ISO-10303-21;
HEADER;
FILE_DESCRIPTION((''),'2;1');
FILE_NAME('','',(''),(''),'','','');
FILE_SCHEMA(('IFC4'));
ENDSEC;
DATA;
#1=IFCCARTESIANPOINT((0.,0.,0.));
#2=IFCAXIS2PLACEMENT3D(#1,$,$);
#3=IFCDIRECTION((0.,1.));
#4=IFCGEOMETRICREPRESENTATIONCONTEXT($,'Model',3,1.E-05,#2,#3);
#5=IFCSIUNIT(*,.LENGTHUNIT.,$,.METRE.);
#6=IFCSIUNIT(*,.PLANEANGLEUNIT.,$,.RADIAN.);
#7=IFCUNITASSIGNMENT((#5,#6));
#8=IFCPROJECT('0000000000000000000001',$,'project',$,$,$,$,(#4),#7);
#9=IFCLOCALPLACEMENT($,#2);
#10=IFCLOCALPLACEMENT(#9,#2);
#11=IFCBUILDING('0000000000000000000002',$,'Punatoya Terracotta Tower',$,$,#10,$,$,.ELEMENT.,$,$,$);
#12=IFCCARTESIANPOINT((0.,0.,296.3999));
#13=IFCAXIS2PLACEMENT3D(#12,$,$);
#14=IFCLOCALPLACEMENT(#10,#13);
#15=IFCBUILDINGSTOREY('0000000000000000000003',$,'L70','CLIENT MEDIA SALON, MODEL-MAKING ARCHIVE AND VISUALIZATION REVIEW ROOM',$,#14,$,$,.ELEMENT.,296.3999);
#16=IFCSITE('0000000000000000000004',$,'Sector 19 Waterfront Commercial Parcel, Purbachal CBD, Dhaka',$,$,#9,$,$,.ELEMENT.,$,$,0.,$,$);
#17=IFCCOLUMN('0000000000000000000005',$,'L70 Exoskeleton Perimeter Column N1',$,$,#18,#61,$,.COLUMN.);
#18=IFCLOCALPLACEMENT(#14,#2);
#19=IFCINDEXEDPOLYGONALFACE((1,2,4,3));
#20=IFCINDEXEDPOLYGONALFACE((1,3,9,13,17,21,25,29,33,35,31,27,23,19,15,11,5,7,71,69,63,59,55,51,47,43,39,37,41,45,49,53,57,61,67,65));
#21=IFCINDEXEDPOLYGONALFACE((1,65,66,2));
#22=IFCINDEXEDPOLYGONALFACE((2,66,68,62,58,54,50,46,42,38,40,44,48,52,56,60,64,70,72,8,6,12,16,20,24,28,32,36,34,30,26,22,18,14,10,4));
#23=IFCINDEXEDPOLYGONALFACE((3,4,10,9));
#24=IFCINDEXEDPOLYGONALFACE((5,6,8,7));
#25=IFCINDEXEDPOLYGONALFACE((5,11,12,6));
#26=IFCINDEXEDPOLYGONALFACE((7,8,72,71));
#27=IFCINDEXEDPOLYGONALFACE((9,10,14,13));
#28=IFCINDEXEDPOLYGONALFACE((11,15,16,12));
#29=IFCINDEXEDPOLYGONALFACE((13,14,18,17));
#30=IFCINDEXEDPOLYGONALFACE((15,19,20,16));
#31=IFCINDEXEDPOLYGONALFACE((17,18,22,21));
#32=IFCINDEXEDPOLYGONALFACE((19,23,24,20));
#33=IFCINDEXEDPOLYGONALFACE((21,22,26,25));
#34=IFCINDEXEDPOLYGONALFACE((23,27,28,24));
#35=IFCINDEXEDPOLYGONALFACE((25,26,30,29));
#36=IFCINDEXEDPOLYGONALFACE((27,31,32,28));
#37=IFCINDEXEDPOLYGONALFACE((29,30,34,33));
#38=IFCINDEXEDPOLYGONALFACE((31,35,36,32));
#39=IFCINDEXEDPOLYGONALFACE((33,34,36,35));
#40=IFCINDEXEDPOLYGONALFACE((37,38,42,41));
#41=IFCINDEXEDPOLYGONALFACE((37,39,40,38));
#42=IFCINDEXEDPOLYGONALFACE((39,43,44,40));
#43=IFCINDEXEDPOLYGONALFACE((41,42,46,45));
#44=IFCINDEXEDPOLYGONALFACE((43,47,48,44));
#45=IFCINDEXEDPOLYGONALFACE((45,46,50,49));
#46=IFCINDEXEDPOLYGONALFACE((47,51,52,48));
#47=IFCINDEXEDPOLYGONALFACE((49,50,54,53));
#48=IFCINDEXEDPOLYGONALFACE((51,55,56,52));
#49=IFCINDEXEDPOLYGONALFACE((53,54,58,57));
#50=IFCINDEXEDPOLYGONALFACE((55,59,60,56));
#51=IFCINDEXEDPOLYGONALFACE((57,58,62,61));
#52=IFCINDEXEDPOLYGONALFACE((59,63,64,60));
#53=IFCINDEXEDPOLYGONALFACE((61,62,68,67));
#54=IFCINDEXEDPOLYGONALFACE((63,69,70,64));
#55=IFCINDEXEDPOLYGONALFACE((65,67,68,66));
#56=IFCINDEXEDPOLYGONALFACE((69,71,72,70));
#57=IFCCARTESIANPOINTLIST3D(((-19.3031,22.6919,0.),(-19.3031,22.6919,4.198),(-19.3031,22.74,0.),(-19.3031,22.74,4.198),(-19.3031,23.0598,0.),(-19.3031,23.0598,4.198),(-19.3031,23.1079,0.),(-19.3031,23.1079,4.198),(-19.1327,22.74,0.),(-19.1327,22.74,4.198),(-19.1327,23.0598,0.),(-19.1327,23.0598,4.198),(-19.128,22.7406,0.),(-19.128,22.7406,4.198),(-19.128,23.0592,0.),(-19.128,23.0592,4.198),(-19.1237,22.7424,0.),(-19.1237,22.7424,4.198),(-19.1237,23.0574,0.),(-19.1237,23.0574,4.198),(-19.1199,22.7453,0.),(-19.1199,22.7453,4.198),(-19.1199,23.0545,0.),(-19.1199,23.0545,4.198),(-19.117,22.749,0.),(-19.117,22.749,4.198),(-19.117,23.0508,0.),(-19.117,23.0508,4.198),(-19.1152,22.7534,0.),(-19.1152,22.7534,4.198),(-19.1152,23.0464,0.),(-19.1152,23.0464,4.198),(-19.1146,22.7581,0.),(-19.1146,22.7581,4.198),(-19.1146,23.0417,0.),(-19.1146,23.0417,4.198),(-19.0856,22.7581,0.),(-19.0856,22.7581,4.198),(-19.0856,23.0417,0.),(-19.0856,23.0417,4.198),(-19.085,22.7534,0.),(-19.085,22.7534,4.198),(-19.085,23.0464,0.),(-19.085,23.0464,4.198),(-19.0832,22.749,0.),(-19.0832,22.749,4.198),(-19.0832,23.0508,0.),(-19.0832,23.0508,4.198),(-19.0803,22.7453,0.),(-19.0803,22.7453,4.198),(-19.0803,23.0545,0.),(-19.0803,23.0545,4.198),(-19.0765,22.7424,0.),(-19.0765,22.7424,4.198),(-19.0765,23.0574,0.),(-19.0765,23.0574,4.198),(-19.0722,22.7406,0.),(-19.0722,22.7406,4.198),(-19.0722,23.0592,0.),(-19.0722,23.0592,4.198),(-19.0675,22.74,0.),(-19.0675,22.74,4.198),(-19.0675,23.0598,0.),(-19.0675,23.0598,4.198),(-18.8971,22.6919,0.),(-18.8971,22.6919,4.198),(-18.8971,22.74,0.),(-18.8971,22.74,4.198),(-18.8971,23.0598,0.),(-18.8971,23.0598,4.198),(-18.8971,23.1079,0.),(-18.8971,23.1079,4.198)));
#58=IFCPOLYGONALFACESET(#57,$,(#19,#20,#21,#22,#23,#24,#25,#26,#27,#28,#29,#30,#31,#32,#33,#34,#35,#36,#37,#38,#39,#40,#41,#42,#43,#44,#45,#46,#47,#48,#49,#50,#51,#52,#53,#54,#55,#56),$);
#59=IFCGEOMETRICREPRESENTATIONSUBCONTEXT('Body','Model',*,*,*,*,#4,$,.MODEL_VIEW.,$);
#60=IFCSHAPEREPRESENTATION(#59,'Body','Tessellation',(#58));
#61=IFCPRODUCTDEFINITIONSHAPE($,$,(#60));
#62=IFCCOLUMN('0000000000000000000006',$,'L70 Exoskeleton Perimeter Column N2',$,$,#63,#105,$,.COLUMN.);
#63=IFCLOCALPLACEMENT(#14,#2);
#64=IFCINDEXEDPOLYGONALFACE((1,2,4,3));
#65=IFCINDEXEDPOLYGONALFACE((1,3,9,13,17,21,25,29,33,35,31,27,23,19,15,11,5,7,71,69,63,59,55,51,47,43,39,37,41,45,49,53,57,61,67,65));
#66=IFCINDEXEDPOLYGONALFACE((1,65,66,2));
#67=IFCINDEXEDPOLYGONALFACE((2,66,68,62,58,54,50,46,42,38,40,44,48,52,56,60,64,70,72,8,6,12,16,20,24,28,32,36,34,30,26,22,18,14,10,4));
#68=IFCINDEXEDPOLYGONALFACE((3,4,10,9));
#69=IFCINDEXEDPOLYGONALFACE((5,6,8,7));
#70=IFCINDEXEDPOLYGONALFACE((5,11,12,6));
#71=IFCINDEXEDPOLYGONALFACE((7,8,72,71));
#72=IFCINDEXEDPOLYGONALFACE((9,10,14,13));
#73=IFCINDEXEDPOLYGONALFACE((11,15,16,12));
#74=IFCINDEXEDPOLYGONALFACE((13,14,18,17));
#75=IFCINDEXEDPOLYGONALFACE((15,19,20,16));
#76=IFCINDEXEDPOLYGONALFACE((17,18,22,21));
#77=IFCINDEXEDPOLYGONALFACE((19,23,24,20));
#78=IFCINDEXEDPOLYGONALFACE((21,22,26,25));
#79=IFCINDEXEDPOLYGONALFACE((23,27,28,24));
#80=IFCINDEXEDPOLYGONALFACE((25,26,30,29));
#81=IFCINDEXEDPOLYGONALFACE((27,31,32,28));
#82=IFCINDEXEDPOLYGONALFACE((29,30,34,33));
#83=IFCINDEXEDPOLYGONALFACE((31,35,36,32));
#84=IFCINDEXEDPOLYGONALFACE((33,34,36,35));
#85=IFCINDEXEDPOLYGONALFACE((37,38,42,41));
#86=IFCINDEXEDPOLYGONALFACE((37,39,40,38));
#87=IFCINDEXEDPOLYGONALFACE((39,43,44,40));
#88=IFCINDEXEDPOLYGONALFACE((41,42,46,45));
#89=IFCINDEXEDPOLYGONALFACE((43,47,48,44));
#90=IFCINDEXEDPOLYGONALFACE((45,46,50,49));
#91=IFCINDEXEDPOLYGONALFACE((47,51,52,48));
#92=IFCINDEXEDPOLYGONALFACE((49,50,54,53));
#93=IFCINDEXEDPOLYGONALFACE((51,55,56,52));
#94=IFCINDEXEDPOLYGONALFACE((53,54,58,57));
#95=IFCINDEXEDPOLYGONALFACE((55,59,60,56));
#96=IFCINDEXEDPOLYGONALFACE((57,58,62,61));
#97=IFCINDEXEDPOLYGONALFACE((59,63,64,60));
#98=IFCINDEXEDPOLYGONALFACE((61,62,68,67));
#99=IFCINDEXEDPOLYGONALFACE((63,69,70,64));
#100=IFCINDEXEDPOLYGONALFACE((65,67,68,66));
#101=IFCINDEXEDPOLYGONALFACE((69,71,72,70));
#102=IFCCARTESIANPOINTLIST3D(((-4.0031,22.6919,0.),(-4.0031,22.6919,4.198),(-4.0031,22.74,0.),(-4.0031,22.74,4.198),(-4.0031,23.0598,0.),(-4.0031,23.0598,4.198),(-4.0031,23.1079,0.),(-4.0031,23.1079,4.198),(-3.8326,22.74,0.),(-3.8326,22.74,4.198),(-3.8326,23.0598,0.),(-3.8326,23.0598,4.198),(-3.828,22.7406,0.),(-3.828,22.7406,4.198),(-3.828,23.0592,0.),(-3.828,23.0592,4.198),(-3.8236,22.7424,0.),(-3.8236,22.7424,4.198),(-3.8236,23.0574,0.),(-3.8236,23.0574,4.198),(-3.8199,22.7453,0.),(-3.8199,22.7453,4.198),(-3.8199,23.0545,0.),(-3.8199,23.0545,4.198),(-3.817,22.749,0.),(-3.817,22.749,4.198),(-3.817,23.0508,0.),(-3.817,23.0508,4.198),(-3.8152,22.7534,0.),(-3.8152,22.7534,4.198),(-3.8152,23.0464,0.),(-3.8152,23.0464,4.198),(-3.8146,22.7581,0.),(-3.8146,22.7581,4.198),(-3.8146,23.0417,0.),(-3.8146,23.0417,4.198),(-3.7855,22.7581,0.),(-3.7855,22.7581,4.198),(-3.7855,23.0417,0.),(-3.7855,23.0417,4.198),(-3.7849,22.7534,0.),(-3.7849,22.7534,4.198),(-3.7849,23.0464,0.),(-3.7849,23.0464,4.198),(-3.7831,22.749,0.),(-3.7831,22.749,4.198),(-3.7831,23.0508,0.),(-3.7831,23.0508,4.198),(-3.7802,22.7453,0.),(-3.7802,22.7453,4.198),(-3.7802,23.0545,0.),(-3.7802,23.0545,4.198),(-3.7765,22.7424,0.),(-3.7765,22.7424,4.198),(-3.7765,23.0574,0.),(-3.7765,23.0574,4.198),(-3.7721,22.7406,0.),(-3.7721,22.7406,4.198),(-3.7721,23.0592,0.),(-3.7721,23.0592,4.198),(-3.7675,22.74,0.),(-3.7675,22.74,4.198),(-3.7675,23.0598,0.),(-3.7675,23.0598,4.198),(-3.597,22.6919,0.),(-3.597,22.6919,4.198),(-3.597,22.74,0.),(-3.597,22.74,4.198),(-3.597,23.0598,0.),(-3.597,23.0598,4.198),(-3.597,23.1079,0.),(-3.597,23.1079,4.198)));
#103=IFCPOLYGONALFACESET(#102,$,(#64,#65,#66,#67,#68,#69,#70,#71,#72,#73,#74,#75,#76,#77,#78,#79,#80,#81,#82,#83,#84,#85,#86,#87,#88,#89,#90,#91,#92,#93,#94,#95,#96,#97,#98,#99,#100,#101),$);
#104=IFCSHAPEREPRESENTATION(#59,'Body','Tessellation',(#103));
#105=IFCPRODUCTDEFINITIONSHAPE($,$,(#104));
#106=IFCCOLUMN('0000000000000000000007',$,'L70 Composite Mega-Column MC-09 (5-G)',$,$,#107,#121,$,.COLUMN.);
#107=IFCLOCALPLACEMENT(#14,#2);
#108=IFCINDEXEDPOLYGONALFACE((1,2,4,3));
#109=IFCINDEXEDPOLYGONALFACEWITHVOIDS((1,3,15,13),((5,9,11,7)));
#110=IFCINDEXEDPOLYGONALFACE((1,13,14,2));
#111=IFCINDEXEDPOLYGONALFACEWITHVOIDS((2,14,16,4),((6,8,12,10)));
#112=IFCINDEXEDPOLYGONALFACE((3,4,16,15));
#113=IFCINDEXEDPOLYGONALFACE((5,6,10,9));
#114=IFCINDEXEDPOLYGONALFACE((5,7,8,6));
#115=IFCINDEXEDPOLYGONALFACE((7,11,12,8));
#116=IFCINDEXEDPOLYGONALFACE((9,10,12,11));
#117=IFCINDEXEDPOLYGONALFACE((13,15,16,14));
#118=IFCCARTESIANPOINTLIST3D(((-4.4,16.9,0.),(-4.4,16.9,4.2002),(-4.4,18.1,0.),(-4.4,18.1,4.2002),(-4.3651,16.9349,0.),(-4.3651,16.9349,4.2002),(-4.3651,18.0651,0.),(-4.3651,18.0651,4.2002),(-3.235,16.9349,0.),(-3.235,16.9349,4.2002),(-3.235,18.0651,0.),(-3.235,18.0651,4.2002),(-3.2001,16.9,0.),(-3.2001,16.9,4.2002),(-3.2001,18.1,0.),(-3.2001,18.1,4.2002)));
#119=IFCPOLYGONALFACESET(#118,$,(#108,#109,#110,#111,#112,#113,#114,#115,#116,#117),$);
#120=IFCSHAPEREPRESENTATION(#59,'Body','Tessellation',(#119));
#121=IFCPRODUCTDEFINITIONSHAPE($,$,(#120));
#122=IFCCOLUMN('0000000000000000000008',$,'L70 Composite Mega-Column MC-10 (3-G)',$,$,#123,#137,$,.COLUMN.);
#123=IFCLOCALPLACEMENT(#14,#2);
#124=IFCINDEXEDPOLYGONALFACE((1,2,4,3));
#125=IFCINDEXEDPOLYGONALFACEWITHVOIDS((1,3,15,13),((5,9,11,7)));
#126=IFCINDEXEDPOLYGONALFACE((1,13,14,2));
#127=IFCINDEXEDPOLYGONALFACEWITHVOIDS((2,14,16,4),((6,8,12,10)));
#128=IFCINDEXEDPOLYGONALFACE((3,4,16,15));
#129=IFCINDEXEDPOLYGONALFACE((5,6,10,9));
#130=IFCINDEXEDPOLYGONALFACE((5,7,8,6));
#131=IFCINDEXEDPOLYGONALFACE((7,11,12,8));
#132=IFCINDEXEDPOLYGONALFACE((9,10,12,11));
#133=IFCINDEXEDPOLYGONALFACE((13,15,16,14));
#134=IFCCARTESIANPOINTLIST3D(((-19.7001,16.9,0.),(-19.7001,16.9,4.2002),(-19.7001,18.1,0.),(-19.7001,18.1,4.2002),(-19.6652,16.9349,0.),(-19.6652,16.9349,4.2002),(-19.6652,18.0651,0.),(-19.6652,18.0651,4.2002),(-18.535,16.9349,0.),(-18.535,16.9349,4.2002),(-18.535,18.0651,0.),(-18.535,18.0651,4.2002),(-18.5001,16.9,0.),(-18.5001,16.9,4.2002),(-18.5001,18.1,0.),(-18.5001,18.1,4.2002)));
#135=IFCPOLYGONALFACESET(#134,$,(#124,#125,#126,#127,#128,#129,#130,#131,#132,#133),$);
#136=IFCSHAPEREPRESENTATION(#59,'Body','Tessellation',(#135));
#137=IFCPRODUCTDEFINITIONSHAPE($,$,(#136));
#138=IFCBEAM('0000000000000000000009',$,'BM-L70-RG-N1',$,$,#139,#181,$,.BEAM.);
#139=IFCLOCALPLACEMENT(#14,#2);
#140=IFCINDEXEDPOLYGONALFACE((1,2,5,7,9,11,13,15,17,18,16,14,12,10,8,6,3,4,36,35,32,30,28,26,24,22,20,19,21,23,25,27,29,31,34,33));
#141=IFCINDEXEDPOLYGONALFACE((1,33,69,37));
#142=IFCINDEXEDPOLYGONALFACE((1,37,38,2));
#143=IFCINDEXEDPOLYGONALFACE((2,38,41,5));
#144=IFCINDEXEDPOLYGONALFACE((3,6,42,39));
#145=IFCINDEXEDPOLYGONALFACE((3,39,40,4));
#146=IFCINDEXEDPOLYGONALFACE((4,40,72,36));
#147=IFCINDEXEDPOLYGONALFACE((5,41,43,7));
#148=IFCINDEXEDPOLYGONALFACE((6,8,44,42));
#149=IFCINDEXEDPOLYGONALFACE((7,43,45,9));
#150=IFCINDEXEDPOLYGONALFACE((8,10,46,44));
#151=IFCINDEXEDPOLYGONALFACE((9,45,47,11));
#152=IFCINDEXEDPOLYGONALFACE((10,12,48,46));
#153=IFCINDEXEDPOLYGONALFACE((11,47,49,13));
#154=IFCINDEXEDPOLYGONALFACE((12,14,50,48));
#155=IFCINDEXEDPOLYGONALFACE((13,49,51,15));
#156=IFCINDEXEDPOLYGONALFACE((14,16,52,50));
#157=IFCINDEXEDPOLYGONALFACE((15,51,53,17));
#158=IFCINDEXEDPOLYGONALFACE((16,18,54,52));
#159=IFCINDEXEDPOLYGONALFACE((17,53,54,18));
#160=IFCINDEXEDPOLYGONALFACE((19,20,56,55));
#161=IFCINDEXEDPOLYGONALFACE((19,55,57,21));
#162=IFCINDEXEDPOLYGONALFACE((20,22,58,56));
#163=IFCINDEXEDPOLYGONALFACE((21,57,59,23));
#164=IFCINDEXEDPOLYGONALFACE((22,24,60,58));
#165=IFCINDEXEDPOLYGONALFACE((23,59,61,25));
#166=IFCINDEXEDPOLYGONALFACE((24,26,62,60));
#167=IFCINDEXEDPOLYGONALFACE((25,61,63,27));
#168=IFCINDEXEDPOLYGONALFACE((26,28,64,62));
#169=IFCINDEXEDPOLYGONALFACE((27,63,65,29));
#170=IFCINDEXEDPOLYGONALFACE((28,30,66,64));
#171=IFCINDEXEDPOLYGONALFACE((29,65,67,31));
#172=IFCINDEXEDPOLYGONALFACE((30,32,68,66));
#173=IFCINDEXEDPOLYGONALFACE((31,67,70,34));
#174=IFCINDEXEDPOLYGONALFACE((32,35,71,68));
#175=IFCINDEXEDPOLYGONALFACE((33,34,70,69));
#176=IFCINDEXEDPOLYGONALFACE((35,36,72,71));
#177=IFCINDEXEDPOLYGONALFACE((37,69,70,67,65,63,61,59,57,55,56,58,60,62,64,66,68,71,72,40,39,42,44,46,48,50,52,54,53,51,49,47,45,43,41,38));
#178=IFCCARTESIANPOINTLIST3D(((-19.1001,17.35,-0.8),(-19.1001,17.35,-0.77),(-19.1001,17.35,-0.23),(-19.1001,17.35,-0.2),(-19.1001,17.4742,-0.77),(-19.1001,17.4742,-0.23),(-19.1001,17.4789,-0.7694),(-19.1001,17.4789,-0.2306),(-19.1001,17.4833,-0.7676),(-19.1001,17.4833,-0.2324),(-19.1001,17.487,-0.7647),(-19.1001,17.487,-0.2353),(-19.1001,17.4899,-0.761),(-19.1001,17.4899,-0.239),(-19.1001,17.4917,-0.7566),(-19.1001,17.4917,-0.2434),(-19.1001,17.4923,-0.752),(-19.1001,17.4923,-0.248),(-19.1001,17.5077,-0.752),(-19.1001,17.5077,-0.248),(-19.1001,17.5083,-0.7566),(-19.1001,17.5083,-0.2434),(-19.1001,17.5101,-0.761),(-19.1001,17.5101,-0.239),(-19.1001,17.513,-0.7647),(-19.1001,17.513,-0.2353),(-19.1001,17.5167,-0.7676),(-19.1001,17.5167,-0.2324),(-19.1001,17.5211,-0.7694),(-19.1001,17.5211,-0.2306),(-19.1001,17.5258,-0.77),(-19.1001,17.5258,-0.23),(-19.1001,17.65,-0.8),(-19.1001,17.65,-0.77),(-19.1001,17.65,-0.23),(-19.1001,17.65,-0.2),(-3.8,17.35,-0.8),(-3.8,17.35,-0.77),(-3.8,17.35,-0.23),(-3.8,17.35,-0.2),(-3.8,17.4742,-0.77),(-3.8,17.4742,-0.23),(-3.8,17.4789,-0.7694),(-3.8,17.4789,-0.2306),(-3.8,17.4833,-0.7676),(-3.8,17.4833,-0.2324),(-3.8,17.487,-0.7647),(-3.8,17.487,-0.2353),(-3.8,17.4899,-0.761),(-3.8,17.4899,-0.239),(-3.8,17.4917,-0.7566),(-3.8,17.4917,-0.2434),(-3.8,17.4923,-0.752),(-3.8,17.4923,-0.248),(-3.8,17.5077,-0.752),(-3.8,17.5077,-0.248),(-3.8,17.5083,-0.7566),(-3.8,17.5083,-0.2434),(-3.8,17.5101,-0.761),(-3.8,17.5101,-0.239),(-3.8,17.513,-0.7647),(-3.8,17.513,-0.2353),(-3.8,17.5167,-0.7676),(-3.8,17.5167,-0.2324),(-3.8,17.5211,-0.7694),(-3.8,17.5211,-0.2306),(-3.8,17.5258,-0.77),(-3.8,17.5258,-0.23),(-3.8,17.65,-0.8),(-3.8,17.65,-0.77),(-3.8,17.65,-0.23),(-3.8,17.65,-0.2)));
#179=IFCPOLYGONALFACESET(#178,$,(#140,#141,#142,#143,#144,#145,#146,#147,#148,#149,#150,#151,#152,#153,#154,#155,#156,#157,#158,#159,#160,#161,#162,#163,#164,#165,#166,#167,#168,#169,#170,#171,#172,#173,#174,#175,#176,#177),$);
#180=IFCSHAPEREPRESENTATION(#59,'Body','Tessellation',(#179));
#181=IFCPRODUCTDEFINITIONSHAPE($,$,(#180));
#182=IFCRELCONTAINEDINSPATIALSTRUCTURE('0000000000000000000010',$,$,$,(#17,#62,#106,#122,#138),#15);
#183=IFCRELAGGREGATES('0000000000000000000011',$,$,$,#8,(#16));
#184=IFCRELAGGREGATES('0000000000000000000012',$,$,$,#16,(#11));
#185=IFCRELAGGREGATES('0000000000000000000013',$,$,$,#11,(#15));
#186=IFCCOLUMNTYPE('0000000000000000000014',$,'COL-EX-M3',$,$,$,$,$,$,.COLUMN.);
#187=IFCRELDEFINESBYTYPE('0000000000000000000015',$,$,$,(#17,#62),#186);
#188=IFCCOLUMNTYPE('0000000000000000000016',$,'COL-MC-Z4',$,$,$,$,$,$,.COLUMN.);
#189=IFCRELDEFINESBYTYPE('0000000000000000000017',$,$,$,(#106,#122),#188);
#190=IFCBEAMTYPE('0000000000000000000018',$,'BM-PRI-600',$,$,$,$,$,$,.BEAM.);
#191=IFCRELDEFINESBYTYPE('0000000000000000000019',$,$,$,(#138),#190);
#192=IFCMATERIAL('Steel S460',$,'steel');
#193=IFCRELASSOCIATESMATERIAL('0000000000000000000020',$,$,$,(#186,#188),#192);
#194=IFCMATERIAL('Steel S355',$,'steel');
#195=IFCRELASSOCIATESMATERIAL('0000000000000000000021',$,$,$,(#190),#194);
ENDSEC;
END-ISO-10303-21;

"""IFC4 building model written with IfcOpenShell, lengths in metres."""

from ifc_helpers import new_model, si_unit, direction, frame, origin, origin_2d, place, context, subcontext, project, spatial, hollow_rectangle, i_section, extrude, material, material_profile, profile_set, type_object, element, save


model = new_model("IFC4")

# Units and contexts
model_context = context("Model", 3, precision=1e-05, world=origin(), true_north=direction((0.0, 1.0)))
body_context = subcontext(model_context, "Body", "Model", "MODEL_VIEW")
ifc_project = project(units=[si_unit("LENGTHUNIT", "METRE"), si_unit("PLANEANGLEUNIT", "RADIAN")], contexts=[model_context])

# Site, building, storey
site_placement = place(None, origin())
site = spatial("IfcSite", under=ifc_project, at=site_placement, Name="Sector 19 Waterfront Commercial Parcel, Purbachal CBD, Dhaka", CompositionType="ELEMENT", RefElevation=0.0)
building_placement = place(site_placement, origin())
building = spatial("IfcBuilding", under=site, at=building_placement, Name="Punatoya Terracotta Tower", CompositionType="ELEMENT")
storey_placement = place(building_placement, frame((0.0, 0.0, 296.3999)))
storey = spatial("IfcBuildingStorey", under=building, at=storey_placement, Name="L70", Description="CLIENT MEDIA SALON, MODEL-MAKING ARCHIVE AND VISUALIZATION REVIEW ROOM", CompositionType="ELEMENT", Elevation=296.3999)

# Columns
ifc_material_1 = material(Name="Steel S460", Category="steel")
ifc_material_profile_1 = material_profile(ifc_material_1, i_section(OverallWidth=0.406, OverallDepth=0.416, WebThickness=0.0291, FlangeThickness=0.0481, FilletRadius=0.0181, at=origin_2d()))
ifc_profile_set_1 = profile_set([ifc_material_profile_1], Name="Steel S460")
column_type_1 = type_object("IfcColumnType", Name="COL-EX-M3", PredefinedType="COLUMN", material=ifc_profile_set_1)
for number, where, z_axis, x_axis, name in (
    (1, (-19.1001, 22.8999, 0.0), (0.0, 0.0, 1.0), (1.0, 0.0, 0.0), "L70 Exoskeleton Perimeter Column N1"),
    (2, (-3.8, 22.8999, 0.0), (0.0, 0.0, 1.0), (1.0, 0.0, 0.0), "L70 Exoskeleton Perimeter Column N2"),
):
    element("IfcColumn", number, at=place(storey_placement, frame(where, z_axis=z_axis, x_axis=x_axis)), inside=storey, type_object=column_type_1, Name=name, PredefinedType="COLUMN", context=body_context, shape_type="SweptSolid", body=[
        extrude(i_section(OverallWidth=0.406, OverallDepth=0.416, WebThickness=0.0291, FlangeThickness=0.0481, FilletRadius=0.0181, at=origin_2d()), origin(), (0.0, 0.0, 1.0), 4.198),
    ])
ifc_material_profile_2 = material_profile(ifc_material_1, hollow_rectangle(XDim=1.2, YDim=1.2, WallThickness=0.0349, at=origin_2d()))
ifc_profile_set_2 = profile_set([ifc_material_profile_2], Name="Steel S460")
column_type_2 = type_object("IfcColumnType", Name="COL-MC-Z4", PredefinedType="COLUMN", material=ifc_profile_set_2)
for number, where, z_axis, x_axis, name in (
    (3, (-3.8, 17.5, 0.0), (0.0, 0.0, 1.0), (1.0, 0.0, 0.0), "L70 Composite Mega-Column MC-09 (5-G)"),
    (4, (-19.1001, 17.5, 0.0), (0.0, 0.0, 1.0), (1.0, 0.0, 0.0), "L70 Composite Mega-Column MC-10 (3-G)"),
):
    element("IfcColumn", number, at=place(storey_placement, frame(where, z_axis=z_axis, x_axis=x_axis)), inside=storey, type_object=column_type_2, Name=name, PredefinedType="COLUMN", context=body_context, shape_type="SweptSolid", body=[
        extrude(hollow_rectangle(XDim=1.2, YDim=1.2, WallThickness=0.0349, at=origin_2d()), origin(), (0.0, 0.0, 1.0), 4.2002),
    ])

# Beam
ifc_material_2 = material(Name="Steel S355", Category="steel")
ifc_material_profile_3 = material_profile(ifc_material_2, i_section(OverallWidth=0.3, OverallDepth=0.6001, WebThickness=0.0154, FlangeThickness=0.03, FilletRadius=0.0181, at=origin_2d()))
ifc_profile_set_3 = profile_set([ifc_material_profile_3], Name="Steel S355")
beam_type_1 = type_object("IfcBeamType", Name="BM-PRI-600", PredefinedType="BEAM", material=ifc_profile_set_3)
beam_1_placement = place(storey_placement, frame((-19.1001, 17.5, -0.5), z_axis=(1.0, 0.0, 0.0), x_axis=(0.0, 1.0, 0.0)))
element("IfcBeam", 5, at=beam_1_placement, inside=storey, type_object=beam_type_1, Name="BM-L70-RG-N1", PredefinedType="BEAM", context=body_context, shape_type="SweptSolid", body=[
    extrude(i_section(OverallWidth=0.3, OverallDepth=0.6001, WebThickness=0.0154, FlangeThickness=0.03, FilletRadius=0.0181, at=origin_2d()), origin(), (0.0, 0.0, 1.0), 15.3),
])

save(model, "model.ifc")
